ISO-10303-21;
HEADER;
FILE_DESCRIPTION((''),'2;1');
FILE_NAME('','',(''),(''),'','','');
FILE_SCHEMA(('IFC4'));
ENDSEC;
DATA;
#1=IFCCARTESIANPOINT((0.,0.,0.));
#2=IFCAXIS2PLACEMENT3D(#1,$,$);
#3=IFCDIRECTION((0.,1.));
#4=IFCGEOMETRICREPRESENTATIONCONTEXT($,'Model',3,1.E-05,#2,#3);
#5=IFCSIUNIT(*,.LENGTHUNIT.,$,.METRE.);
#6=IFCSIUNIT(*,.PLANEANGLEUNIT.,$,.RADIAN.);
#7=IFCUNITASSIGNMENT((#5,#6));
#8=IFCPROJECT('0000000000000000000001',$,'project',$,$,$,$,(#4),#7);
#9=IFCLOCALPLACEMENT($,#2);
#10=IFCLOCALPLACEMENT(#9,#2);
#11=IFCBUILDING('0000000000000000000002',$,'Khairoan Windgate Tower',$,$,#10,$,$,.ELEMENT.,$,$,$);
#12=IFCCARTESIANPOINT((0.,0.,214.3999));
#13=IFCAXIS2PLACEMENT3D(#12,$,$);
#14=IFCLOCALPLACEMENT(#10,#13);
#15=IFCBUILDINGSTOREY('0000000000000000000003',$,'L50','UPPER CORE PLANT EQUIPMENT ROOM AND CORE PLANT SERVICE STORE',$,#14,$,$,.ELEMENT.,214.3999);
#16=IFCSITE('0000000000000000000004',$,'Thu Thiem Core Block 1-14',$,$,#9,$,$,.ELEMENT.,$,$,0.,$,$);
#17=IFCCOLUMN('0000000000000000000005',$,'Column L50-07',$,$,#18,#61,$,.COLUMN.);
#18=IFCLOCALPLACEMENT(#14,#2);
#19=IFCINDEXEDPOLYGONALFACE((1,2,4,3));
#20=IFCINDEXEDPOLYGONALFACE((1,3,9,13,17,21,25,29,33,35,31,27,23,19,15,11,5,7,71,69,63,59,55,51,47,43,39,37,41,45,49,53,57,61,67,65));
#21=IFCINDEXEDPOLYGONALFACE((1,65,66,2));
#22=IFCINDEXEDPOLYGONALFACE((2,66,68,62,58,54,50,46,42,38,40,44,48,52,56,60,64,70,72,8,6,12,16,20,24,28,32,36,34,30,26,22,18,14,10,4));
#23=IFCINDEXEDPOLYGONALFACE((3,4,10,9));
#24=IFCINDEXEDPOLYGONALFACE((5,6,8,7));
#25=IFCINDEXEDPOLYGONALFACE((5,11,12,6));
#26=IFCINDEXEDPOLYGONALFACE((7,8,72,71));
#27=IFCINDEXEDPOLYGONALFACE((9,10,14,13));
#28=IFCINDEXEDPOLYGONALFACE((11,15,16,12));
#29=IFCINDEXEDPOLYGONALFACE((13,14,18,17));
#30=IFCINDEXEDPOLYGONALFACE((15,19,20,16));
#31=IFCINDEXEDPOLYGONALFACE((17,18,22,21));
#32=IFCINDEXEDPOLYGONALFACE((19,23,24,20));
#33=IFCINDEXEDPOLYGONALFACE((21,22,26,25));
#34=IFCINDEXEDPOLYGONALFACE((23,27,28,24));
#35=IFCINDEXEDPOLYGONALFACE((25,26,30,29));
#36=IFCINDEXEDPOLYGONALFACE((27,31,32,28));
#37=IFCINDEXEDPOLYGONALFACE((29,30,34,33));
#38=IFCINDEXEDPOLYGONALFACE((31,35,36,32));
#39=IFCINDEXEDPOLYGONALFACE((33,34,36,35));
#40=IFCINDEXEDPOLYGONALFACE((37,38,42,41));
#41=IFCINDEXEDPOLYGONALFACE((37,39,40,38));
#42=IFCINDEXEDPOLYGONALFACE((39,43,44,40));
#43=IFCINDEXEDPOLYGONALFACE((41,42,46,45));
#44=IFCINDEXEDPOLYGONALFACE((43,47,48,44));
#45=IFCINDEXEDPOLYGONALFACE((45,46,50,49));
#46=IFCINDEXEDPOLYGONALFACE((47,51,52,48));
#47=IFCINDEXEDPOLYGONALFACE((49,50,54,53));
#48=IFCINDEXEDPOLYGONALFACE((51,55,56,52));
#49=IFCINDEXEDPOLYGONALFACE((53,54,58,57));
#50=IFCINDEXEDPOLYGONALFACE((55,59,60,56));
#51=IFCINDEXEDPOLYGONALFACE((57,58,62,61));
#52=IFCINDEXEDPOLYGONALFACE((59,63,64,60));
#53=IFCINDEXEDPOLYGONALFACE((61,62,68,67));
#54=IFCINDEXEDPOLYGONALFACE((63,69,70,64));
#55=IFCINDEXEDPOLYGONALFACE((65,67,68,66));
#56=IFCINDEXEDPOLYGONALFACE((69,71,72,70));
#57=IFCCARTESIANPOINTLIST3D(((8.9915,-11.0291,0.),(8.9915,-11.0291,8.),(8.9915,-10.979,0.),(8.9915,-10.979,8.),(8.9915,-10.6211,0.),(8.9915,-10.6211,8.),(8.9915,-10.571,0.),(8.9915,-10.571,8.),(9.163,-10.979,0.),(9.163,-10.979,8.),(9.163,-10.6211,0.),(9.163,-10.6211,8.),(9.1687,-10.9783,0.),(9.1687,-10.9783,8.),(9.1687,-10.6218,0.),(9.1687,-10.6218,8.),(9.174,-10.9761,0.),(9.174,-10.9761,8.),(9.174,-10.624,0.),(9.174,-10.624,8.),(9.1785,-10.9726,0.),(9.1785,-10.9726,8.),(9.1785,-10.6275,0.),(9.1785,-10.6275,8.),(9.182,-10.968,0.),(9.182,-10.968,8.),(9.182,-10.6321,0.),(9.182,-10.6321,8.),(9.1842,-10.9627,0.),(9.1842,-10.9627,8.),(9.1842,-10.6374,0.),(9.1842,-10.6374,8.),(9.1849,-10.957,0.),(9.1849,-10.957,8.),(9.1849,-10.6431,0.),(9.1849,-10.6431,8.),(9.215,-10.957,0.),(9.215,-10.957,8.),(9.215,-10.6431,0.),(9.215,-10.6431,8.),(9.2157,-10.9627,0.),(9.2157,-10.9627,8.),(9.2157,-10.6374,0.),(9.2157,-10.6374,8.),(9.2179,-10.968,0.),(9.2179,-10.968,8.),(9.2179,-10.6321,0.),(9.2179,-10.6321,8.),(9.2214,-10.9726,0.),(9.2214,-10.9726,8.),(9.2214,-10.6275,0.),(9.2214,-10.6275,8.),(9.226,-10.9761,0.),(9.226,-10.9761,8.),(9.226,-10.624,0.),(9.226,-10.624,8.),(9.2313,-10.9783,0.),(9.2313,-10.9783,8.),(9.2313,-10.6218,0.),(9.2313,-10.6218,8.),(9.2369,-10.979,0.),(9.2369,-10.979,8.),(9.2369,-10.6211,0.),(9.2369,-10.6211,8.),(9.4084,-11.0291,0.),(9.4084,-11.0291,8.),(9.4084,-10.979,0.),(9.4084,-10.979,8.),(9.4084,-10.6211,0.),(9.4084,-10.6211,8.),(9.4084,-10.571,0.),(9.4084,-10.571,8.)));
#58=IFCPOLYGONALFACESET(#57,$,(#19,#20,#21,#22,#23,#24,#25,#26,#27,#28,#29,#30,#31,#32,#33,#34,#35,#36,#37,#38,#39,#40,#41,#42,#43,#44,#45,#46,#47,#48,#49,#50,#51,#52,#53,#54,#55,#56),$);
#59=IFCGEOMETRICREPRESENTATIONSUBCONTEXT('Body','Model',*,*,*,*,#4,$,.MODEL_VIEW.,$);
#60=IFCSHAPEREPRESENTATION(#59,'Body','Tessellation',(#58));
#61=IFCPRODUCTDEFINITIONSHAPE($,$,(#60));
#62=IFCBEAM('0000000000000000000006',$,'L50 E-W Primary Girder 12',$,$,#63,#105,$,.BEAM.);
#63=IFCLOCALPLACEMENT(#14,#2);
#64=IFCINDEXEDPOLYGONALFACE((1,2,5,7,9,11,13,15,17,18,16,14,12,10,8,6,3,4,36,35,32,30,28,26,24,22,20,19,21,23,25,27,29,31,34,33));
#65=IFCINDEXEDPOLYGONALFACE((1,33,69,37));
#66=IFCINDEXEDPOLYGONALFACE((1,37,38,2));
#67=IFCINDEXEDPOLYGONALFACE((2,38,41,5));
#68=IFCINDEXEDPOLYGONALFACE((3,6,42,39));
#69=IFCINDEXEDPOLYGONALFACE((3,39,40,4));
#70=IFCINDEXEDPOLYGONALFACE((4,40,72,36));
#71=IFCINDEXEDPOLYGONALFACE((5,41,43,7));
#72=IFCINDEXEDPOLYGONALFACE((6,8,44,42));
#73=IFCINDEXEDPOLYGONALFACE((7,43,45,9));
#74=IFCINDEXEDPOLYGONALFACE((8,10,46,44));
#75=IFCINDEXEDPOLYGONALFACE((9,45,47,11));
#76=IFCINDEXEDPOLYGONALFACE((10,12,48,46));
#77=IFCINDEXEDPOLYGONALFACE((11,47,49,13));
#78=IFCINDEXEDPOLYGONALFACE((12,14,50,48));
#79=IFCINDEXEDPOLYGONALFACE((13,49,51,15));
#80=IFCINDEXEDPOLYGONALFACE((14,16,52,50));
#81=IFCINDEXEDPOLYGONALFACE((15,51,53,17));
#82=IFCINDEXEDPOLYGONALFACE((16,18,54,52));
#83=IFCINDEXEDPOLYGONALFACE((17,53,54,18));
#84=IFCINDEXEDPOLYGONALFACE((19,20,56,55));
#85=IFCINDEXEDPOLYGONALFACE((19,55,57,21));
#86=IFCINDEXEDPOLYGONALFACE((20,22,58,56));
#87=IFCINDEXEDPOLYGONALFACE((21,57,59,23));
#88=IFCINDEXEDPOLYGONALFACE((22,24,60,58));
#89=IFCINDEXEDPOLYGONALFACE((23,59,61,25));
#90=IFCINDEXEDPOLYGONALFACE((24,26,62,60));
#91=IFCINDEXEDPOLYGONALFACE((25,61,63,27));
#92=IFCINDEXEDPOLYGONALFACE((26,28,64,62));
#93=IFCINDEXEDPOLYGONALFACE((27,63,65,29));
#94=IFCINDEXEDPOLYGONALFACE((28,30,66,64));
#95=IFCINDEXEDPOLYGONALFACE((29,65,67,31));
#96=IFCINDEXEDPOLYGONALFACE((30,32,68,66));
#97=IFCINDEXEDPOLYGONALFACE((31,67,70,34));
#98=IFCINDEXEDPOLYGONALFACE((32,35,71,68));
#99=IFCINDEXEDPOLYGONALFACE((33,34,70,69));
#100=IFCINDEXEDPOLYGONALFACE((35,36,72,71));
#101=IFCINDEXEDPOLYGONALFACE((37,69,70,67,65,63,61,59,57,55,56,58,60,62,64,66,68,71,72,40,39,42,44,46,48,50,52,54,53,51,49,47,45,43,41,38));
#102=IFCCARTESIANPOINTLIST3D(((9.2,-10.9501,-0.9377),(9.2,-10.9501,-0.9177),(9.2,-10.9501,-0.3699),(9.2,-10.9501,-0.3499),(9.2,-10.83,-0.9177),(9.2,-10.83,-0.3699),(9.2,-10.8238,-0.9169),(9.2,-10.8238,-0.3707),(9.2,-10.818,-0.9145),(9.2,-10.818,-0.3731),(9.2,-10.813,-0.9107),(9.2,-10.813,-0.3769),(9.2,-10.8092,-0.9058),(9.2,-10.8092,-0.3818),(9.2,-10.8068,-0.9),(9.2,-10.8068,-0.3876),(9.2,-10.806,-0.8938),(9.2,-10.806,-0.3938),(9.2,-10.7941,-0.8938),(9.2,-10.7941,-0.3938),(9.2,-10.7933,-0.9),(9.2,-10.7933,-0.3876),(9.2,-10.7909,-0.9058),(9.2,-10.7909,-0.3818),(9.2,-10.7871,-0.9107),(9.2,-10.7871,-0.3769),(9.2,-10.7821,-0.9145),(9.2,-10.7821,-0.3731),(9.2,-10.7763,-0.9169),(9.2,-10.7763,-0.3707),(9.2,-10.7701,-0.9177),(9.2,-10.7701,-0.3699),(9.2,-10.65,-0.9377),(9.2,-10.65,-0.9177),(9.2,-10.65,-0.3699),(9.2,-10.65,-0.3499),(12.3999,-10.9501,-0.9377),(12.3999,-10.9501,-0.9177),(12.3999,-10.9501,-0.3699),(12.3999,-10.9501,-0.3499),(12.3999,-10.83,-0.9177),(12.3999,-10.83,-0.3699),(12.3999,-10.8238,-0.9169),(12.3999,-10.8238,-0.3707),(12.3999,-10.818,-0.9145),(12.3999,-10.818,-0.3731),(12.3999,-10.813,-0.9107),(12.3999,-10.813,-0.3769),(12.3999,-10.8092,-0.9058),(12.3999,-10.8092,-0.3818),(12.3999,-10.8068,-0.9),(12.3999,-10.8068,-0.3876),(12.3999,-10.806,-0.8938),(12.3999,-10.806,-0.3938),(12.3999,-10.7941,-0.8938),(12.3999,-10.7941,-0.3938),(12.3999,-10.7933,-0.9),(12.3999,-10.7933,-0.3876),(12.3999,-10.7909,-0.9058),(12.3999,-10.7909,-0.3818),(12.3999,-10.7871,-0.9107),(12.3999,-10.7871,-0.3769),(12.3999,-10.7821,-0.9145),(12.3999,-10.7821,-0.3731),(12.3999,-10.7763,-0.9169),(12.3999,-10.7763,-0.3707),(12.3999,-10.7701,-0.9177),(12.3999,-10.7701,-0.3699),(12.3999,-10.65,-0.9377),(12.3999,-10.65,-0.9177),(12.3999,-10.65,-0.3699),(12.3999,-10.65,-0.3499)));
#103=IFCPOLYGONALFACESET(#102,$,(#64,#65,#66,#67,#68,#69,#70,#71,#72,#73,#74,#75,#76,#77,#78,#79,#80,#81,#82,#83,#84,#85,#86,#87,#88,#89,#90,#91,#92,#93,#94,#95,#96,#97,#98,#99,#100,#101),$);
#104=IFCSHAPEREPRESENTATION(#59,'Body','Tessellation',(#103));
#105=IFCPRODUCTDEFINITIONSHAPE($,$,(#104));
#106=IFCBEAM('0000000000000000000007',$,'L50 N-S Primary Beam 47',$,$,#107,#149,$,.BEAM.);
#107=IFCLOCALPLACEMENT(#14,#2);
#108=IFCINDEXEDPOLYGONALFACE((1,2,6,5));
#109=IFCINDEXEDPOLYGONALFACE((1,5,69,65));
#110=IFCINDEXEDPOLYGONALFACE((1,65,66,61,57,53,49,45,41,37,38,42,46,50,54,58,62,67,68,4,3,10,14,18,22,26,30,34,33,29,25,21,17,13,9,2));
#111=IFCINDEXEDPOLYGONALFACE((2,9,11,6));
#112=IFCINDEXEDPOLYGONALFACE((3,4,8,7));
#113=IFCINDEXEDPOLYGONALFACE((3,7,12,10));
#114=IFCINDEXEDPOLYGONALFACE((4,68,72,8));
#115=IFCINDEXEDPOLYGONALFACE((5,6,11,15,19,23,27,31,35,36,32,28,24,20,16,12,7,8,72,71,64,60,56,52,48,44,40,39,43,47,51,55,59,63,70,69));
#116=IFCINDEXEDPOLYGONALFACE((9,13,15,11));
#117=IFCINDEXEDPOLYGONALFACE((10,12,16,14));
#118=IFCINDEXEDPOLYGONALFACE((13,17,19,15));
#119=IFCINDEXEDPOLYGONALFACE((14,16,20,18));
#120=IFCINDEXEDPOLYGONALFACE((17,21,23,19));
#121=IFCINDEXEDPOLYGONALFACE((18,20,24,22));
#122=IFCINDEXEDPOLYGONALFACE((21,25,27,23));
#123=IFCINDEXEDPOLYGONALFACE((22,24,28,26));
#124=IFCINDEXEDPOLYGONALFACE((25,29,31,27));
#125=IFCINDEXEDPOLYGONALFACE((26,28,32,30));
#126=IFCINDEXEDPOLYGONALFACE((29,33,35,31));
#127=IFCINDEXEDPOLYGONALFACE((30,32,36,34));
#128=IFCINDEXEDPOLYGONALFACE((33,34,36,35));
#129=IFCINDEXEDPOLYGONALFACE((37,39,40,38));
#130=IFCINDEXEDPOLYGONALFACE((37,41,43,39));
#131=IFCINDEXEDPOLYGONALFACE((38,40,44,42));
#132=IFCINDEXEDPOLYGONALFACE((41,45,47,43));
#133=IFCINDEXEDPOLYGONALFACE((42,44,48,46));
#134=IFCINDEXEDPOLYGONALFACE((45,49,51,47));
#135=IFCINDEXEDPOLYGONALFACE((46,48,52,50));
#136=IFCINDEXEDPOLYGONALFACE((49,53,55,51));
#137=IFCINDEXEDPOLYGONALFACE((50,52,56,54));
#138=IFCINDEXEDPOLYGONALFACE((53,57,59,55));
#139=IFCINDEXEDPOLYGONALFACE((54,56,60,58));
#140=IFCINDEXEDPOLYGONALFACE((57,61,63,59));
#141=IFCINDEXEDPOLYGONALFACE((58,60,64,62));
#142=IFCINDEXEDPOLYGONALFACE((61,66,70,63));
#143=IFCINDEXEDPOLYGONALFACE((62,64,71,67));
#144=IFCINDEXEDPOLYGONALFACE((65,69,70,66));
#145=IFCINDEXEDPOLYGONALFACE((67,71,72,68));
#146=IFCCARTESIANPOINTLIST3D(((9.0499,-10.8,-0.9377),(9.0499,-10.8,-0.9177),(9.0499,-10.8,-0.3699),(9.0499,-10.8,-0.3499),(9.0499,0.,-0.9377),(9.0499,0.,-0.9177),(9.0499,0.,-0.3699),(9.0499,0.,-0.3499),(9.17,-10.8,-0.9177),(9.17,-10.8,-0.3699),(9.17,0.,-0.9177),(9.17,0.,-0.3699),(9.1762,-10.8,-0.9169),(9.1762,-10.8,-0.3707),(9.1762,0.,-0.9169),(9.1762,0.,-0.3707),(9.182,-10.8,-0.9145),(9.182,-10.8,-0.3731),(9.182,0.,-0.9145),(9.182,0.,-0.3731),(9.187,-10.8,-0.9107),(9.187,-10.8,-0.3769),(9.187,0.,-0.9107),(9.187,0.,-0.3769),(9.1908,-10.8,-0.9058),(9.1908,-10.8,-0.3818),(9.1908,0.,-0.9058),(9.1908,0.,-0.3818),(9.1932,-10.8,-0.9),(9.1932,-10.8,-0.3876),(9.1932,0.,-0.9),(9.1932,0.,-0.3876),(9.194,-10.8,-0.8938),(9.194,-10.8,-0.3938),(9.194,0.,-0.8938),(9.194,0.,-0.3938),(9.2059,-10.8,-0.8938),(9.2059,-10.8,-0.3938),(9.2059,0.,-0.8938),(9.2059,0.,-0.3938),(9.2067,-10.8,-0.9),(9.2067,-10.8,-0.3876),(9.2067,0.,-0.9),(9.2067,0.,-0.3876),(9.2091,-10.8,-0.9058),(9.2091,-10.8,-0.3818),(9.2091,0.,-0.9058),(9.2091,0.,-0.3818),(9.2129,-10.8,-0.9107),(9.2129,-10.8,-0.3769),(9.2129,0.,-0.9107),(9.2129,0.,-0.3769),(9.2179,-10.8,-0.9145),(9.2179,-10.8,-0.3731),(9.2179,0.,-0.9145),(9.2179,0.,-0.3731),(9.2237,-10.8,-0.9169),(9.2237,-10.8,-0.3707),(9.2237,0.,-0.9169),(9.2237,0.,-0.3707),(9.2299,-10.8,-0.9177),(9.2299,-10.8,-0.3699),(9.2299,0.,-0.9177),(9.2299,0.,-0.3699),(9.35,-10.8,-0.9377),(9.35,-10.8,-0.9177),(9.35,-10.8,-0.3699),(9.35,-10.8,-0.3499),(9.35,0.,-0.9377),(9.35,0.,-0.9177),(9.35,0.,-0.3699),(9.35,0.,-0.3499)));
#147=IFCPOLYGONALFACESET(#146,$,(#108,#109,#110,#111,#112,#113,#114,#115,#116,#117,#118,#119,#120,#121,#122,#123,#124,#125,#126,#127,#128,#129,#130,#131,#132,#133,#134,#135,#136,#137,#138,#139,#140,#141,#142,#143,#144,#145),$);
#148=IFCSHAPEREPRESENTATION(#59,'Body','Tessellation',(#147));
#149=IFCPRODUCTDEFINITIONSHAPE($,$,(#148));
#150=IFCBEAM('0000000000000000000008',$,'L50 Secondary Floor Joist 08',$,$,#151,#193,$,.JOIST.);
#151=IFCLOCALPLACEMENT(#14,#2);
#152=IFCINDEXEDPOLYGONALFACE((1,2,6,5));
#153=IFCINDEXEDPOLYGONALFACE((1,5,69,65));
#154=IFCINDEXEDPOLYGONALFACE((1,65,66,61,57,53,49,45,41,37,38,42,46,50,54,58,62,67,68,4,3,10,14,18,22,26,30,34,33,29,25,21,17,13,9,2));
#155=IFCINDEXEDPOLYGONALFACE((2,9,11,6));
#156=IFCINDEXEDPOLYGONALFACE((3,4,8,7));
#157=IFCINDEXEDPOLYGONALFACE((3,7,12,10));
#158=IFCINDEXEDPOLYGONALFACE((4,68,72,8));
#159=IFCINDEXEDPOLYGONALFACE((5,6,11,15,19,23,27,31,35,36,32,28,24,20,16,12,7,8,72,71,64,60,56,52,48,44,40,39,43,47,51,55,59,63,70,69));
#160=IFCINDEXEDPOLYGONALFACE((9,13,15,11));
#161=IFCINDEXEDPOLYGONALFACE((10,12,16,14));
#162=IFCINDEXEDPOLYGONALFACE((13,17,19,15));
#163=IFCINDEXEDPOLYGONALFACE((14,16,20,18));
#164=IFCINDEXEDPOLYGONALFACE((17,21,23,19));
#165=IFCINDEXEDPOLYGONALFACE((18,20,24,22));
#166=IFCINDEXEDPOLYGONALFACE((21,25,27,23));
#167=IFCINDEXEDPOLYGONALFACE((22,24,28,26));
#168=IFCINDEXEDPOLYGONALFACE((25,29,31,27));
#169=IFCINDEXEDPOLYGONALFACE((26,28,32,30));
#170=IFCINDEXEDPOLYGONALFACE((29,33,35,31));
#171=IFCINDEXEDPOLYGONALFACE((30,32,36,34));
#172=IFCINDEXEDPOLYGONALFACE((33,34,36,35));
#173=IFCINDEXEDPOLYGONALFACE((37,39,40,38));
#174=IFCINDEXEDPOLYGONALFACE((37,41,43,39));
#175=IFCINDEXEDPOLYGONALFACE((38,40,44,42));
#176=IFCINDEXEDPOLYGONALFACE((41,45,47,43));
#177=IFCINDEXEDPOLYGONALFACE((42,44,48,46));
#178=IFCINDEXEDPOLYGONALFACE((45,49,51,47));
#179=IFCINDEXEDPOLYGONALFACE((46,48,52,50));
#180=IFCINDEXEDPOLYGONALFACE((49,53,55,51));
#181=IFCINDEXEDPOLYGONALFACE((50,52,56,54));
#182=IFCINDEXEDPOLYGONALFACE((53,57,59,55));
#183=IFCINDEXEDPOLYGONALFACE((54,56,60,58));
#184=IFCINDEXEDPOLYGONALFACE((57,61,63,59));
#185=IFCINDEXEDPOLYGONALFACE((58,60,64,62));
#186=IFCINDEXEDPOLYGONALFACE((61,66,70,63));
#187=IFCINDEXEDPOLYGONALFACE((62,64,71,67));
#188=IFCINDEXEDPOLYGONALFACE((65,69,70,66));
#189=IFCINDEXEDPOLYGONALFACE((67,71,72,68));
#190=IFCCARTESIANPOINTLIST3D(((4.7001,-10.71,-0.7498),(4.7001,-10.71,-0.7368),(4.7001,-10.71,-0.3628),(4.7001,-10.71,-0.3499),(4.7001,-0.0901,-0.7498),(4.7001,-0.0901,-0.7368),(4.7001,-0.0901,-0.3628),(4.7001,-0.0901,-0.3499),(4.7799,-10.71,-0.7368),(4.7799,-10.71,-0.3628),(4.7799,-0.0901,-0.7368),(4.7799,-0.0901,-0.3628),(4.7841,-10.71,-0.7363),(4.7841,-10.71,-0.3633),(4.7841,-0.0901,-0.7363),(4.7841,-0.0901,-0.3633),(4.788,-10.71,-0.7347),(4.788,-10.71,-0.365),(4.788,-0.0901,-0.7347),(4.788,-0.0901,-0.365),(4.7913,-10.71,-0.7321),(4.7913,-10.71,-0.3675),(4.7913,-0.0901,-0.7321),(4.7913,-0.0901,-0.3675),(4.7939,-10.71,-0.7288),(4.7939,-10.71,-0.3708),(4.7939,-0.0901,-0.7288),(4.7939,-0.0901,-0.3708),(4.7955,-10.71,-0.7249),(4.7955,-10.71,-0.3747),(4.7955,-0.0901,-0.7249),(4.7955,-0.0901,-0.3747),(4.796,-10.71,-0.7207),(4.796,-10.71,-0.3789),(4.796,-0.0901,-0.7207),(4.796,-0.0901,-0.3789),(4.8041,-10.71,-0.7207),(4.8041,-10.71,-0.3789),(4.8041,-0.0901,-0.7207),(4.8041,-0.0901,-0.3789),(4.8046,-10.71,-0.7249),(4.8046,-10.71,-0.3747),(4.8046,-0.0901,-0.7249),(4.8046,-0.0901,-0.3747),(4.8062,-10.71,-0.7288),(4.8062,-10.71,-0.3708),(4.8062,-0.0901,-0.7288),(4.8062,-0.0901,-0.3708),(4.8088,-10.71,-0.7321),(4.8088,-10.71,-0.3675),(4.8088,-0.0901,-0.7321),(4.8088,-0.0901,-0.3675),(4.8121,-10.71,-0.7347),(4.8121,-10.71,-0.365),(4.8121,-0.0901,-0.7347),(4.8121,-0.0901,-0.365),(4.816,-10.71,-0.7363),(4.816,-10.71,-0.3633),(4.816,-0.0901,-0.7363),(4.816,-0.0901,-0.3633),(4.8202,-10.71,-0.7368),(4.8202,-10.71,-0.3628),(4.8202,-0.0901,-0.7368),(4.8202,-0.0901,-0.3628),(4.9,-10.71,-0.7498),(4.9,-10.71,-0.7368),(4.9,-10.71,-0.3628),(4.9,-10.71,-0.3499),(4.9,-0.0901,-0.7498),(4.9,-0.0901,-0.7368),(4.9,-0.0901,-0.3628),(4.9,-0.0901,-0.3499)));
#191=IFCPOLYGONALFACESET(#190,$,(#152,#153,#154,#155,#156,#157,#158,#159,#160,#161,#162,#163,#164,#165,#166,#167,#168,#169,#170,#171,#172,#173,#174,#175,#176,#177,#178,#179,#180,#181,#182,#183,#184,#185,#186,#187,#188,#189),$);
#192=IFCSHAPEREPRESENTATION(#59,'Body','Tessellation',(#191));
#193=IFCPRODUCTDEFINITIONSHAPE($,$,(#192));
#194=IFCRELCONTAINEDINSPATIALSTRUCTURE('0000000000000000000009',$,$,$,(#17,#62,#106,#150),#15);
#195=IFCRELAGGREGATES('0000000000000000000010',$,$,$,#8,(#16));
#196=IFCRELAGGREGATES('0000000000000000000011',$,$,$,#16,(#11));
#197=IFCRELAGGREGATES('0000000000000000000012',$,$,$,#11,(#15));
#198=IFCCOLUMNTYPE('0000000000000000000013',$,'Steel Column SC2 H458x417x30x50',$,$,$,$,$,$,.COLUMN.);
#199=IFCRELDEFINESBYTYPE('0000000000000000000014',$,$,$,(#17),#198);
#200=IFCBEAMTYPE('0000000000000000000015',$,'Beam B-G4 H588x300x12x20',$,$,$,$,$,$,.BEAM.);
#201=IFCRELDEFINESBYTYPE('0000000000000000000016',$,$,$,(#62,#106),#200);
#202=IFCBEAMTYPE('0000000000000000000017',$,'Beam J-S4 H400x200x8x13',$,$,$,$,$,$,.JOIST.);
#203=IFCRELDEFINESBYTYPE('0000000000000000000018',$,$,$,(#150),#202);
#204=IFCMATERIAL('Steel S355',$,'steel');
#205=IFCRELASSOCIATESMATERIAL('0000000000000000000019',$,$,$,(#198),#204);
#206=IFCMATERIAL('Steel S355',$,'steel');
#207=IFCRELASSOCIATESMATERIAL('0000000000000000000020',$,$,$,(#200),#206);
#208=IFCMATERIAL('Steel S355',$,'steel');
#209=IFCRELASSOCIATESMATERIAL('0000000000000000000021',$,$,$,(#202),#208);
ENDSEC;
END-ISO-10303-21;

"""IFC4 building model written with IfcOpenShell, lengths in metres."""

from ifc_helpers import new_model, si_unit, direction, frame, origin, origin_2d, place, context, subcontext, project, spatial, i_section, extrude, material, material_profile, profile_set, type_object, element, save


model = new_model("IFC4")

# Units and contexts
model_context = context("Model", 3, precision=1e-05, world=origin(), true_north=direction((0.0, 1.0)))
body_context = subcontext(model_context, "Body", "Model", "MODEL_VIEW")
ifc_project = project(units=[si_unit("LENGTHUNIT", "METRE"), si_unit("PLANEANGLEUNIT", "RADIAN")], contexts=[model_context])

# Site, building, storey
site_placement = place(None, origin())
site = spatial("IfcSite", under=ifc_project, at=site_placement, Name="Thu Thiem Core Block 1-14", CompositionType="ELEMENT", RefElevation=0.0)
building_placement = place(site_placement, origin())
building = spatial("IfcBuilding", under=site, at=building_placement, Name="Khairoan Windgate Tower", CompositionType="ELEMENT")
storey_placement = place(building_placement, frame((0.0, 0.0, 214.3999)))
storey = spatial("IfcBuildingStorey", under=building, at=storey_placement, Name="L50", Description="UPPER CORE PLANT EQUIPMENT ROOM AND CORE PLANT SERVICE STORE", CompositionType="ELEMENT", Elevation=214.3999)

# Column
ifc_material_1 = material(Name="Steel S355", Category="steel")
ifc_material_profile_1 = material_profile(ifc_material_1, i_section(OverallWidth=0.417, OverallDepth=0.458, WebThickness=0.03, FlangeThickness=0.05, FilletRadius=0.022, at=origin_2d()))
ifc_profile_set_1 = profile_set([ifc_material_profile_1], Name="Steel S355")
column_type = type_object("IfcColumnType", Name="Steel Column SC2 H458x417x30x50", PredefinedType="COLUMN", material=ifc_profile_set_1)
column_placement = place(storey_placement, frame((9.2, -10.8, 0.0), z_axis=(0.0, 0.0, 1.0), x_axis=(1.0, 0.0, 0.0)))
element("IfcColumn", 1, at=column_placement, inside=storey, type_object=column_type, Name="Column L50-07", PredefinedType="COLUMN", context=body_context, shape_type="SweptSolid", body=[
    extrude(i_section(OverallWidth=0.417, OverallDepth=0.458, WebThickness=0.03, FlangeThickness=0.05, FilletRadius=0.022, at=origin_2d()), origin(), (0.0, 0.0, 1.0), 8.0),
])

# Beams
ifc_material_2 = material(Name="Steel S355", Category="steel")
ifc_material_profile_2 = material_profile(ifc_material_2, i_section(OverallWidth=0.3, OverallDepth=0.5879, WebThickness=0.012, FlangeThickness=0.02, FilletRadius=0.0239, at=origin_2d()))
ifc_profile_set_2 = profile_set([ifc_material_profile_2], Name="Steel S355")
beam_type_1 = type_object("IfcBeamType", Name="Beam B-G4 H588x300x12x20", PredefinedType="BEAM", material=ifc_profile_set_2)
beam_1_placement = place(storey_placement, frame((9.2, -10.8, -0.6438), z_axis=(1.0, 0.0, 0.0), x_axis=(0.0, 1.0, 0.0)))
element("IfcBeam", 2, at=beam_1_placement, inside=storey, type_object=beam_type_1, Name="L50 E-W Primary Girder 12", PredefinedType="BEAM", context=body_context, shape_type="SweptSolid", body=[
    extrude(i_section(OverallWidth=0.3, OverallDepth=0.5879, WebThickness=0.012, FlangeThickness=0.02, FilletRadius=0.0239, at=origin_2d()), origin(), (0.0, 0.0, 1.0), 3.2),
])
beam_2_placement = place(storey_placement, frame((9.2, -10.8, -0.6438), z_axis=(0.0, 1.0, 0.0), x_axis=(-1.0, 0.0, 0.0)))
element("IfcBeam", 3, at=beam_2_placement, inside=storey, type_object=beam_type_1, Name="L50 N-S Primary Beam 47", PredefinedType="BEAM", context=body_context, shape_type="SweptSolid", body=[
    extrude(i_section(OverallWidth=0.3, OverallDepth=0.5879, WebThickness=0.012, FlangeThickness=0.02, FilletRadius=0.0239, at=origin_2d()), origin(), (0.0, 0.0, 1.0), 10.8),
])
ifc_material_3 = material(Name="Steel S355", Category="steel")
ifc_material_profile_3 = material_profile(ifc_material_3, i_section(OverallWidth=0.2, OverallDepth=0.3999, WebThickness=0.0081, FlangeThickness=0.0129, FilletRadius=0.0161, at=origin_2d()))
ifc_profile_set_3 = profile_set([ifc_material_profile_3], Name="Steel S355")
beam_type_2 = type_object("IfcBeamType", Name="Beam J-S4 H400x200x8x13", PredefinedType="JOIST", material=ifc_profile_set_3)
beam_3_placement = place(storey_placement, frame((4.8, -10.71, -0.5498), z_axis=(0.0, 1.0, 0.0), x_axis=(-1.0, 0.0, 0.0)))
element("IfcBeam", 4, at=beam_3_placement, inside=storey, type_object=beam_type_2, Name="L50 Secondary Floor Joist 08", PredefinedType="JOIST", context=body_context, shape_type="SweptSolid", body=[
    extrude(i_section(OverallWidth=0.2, OverallDepth=0.3999, WebThickness=0.0081, FlangeThickness=0.0129, FilletRadius=0.0161, at=origin_2d()), origin(), (0.0, 0.0, 1.0), 10.6199),
])

save(model, "model.ifc")
